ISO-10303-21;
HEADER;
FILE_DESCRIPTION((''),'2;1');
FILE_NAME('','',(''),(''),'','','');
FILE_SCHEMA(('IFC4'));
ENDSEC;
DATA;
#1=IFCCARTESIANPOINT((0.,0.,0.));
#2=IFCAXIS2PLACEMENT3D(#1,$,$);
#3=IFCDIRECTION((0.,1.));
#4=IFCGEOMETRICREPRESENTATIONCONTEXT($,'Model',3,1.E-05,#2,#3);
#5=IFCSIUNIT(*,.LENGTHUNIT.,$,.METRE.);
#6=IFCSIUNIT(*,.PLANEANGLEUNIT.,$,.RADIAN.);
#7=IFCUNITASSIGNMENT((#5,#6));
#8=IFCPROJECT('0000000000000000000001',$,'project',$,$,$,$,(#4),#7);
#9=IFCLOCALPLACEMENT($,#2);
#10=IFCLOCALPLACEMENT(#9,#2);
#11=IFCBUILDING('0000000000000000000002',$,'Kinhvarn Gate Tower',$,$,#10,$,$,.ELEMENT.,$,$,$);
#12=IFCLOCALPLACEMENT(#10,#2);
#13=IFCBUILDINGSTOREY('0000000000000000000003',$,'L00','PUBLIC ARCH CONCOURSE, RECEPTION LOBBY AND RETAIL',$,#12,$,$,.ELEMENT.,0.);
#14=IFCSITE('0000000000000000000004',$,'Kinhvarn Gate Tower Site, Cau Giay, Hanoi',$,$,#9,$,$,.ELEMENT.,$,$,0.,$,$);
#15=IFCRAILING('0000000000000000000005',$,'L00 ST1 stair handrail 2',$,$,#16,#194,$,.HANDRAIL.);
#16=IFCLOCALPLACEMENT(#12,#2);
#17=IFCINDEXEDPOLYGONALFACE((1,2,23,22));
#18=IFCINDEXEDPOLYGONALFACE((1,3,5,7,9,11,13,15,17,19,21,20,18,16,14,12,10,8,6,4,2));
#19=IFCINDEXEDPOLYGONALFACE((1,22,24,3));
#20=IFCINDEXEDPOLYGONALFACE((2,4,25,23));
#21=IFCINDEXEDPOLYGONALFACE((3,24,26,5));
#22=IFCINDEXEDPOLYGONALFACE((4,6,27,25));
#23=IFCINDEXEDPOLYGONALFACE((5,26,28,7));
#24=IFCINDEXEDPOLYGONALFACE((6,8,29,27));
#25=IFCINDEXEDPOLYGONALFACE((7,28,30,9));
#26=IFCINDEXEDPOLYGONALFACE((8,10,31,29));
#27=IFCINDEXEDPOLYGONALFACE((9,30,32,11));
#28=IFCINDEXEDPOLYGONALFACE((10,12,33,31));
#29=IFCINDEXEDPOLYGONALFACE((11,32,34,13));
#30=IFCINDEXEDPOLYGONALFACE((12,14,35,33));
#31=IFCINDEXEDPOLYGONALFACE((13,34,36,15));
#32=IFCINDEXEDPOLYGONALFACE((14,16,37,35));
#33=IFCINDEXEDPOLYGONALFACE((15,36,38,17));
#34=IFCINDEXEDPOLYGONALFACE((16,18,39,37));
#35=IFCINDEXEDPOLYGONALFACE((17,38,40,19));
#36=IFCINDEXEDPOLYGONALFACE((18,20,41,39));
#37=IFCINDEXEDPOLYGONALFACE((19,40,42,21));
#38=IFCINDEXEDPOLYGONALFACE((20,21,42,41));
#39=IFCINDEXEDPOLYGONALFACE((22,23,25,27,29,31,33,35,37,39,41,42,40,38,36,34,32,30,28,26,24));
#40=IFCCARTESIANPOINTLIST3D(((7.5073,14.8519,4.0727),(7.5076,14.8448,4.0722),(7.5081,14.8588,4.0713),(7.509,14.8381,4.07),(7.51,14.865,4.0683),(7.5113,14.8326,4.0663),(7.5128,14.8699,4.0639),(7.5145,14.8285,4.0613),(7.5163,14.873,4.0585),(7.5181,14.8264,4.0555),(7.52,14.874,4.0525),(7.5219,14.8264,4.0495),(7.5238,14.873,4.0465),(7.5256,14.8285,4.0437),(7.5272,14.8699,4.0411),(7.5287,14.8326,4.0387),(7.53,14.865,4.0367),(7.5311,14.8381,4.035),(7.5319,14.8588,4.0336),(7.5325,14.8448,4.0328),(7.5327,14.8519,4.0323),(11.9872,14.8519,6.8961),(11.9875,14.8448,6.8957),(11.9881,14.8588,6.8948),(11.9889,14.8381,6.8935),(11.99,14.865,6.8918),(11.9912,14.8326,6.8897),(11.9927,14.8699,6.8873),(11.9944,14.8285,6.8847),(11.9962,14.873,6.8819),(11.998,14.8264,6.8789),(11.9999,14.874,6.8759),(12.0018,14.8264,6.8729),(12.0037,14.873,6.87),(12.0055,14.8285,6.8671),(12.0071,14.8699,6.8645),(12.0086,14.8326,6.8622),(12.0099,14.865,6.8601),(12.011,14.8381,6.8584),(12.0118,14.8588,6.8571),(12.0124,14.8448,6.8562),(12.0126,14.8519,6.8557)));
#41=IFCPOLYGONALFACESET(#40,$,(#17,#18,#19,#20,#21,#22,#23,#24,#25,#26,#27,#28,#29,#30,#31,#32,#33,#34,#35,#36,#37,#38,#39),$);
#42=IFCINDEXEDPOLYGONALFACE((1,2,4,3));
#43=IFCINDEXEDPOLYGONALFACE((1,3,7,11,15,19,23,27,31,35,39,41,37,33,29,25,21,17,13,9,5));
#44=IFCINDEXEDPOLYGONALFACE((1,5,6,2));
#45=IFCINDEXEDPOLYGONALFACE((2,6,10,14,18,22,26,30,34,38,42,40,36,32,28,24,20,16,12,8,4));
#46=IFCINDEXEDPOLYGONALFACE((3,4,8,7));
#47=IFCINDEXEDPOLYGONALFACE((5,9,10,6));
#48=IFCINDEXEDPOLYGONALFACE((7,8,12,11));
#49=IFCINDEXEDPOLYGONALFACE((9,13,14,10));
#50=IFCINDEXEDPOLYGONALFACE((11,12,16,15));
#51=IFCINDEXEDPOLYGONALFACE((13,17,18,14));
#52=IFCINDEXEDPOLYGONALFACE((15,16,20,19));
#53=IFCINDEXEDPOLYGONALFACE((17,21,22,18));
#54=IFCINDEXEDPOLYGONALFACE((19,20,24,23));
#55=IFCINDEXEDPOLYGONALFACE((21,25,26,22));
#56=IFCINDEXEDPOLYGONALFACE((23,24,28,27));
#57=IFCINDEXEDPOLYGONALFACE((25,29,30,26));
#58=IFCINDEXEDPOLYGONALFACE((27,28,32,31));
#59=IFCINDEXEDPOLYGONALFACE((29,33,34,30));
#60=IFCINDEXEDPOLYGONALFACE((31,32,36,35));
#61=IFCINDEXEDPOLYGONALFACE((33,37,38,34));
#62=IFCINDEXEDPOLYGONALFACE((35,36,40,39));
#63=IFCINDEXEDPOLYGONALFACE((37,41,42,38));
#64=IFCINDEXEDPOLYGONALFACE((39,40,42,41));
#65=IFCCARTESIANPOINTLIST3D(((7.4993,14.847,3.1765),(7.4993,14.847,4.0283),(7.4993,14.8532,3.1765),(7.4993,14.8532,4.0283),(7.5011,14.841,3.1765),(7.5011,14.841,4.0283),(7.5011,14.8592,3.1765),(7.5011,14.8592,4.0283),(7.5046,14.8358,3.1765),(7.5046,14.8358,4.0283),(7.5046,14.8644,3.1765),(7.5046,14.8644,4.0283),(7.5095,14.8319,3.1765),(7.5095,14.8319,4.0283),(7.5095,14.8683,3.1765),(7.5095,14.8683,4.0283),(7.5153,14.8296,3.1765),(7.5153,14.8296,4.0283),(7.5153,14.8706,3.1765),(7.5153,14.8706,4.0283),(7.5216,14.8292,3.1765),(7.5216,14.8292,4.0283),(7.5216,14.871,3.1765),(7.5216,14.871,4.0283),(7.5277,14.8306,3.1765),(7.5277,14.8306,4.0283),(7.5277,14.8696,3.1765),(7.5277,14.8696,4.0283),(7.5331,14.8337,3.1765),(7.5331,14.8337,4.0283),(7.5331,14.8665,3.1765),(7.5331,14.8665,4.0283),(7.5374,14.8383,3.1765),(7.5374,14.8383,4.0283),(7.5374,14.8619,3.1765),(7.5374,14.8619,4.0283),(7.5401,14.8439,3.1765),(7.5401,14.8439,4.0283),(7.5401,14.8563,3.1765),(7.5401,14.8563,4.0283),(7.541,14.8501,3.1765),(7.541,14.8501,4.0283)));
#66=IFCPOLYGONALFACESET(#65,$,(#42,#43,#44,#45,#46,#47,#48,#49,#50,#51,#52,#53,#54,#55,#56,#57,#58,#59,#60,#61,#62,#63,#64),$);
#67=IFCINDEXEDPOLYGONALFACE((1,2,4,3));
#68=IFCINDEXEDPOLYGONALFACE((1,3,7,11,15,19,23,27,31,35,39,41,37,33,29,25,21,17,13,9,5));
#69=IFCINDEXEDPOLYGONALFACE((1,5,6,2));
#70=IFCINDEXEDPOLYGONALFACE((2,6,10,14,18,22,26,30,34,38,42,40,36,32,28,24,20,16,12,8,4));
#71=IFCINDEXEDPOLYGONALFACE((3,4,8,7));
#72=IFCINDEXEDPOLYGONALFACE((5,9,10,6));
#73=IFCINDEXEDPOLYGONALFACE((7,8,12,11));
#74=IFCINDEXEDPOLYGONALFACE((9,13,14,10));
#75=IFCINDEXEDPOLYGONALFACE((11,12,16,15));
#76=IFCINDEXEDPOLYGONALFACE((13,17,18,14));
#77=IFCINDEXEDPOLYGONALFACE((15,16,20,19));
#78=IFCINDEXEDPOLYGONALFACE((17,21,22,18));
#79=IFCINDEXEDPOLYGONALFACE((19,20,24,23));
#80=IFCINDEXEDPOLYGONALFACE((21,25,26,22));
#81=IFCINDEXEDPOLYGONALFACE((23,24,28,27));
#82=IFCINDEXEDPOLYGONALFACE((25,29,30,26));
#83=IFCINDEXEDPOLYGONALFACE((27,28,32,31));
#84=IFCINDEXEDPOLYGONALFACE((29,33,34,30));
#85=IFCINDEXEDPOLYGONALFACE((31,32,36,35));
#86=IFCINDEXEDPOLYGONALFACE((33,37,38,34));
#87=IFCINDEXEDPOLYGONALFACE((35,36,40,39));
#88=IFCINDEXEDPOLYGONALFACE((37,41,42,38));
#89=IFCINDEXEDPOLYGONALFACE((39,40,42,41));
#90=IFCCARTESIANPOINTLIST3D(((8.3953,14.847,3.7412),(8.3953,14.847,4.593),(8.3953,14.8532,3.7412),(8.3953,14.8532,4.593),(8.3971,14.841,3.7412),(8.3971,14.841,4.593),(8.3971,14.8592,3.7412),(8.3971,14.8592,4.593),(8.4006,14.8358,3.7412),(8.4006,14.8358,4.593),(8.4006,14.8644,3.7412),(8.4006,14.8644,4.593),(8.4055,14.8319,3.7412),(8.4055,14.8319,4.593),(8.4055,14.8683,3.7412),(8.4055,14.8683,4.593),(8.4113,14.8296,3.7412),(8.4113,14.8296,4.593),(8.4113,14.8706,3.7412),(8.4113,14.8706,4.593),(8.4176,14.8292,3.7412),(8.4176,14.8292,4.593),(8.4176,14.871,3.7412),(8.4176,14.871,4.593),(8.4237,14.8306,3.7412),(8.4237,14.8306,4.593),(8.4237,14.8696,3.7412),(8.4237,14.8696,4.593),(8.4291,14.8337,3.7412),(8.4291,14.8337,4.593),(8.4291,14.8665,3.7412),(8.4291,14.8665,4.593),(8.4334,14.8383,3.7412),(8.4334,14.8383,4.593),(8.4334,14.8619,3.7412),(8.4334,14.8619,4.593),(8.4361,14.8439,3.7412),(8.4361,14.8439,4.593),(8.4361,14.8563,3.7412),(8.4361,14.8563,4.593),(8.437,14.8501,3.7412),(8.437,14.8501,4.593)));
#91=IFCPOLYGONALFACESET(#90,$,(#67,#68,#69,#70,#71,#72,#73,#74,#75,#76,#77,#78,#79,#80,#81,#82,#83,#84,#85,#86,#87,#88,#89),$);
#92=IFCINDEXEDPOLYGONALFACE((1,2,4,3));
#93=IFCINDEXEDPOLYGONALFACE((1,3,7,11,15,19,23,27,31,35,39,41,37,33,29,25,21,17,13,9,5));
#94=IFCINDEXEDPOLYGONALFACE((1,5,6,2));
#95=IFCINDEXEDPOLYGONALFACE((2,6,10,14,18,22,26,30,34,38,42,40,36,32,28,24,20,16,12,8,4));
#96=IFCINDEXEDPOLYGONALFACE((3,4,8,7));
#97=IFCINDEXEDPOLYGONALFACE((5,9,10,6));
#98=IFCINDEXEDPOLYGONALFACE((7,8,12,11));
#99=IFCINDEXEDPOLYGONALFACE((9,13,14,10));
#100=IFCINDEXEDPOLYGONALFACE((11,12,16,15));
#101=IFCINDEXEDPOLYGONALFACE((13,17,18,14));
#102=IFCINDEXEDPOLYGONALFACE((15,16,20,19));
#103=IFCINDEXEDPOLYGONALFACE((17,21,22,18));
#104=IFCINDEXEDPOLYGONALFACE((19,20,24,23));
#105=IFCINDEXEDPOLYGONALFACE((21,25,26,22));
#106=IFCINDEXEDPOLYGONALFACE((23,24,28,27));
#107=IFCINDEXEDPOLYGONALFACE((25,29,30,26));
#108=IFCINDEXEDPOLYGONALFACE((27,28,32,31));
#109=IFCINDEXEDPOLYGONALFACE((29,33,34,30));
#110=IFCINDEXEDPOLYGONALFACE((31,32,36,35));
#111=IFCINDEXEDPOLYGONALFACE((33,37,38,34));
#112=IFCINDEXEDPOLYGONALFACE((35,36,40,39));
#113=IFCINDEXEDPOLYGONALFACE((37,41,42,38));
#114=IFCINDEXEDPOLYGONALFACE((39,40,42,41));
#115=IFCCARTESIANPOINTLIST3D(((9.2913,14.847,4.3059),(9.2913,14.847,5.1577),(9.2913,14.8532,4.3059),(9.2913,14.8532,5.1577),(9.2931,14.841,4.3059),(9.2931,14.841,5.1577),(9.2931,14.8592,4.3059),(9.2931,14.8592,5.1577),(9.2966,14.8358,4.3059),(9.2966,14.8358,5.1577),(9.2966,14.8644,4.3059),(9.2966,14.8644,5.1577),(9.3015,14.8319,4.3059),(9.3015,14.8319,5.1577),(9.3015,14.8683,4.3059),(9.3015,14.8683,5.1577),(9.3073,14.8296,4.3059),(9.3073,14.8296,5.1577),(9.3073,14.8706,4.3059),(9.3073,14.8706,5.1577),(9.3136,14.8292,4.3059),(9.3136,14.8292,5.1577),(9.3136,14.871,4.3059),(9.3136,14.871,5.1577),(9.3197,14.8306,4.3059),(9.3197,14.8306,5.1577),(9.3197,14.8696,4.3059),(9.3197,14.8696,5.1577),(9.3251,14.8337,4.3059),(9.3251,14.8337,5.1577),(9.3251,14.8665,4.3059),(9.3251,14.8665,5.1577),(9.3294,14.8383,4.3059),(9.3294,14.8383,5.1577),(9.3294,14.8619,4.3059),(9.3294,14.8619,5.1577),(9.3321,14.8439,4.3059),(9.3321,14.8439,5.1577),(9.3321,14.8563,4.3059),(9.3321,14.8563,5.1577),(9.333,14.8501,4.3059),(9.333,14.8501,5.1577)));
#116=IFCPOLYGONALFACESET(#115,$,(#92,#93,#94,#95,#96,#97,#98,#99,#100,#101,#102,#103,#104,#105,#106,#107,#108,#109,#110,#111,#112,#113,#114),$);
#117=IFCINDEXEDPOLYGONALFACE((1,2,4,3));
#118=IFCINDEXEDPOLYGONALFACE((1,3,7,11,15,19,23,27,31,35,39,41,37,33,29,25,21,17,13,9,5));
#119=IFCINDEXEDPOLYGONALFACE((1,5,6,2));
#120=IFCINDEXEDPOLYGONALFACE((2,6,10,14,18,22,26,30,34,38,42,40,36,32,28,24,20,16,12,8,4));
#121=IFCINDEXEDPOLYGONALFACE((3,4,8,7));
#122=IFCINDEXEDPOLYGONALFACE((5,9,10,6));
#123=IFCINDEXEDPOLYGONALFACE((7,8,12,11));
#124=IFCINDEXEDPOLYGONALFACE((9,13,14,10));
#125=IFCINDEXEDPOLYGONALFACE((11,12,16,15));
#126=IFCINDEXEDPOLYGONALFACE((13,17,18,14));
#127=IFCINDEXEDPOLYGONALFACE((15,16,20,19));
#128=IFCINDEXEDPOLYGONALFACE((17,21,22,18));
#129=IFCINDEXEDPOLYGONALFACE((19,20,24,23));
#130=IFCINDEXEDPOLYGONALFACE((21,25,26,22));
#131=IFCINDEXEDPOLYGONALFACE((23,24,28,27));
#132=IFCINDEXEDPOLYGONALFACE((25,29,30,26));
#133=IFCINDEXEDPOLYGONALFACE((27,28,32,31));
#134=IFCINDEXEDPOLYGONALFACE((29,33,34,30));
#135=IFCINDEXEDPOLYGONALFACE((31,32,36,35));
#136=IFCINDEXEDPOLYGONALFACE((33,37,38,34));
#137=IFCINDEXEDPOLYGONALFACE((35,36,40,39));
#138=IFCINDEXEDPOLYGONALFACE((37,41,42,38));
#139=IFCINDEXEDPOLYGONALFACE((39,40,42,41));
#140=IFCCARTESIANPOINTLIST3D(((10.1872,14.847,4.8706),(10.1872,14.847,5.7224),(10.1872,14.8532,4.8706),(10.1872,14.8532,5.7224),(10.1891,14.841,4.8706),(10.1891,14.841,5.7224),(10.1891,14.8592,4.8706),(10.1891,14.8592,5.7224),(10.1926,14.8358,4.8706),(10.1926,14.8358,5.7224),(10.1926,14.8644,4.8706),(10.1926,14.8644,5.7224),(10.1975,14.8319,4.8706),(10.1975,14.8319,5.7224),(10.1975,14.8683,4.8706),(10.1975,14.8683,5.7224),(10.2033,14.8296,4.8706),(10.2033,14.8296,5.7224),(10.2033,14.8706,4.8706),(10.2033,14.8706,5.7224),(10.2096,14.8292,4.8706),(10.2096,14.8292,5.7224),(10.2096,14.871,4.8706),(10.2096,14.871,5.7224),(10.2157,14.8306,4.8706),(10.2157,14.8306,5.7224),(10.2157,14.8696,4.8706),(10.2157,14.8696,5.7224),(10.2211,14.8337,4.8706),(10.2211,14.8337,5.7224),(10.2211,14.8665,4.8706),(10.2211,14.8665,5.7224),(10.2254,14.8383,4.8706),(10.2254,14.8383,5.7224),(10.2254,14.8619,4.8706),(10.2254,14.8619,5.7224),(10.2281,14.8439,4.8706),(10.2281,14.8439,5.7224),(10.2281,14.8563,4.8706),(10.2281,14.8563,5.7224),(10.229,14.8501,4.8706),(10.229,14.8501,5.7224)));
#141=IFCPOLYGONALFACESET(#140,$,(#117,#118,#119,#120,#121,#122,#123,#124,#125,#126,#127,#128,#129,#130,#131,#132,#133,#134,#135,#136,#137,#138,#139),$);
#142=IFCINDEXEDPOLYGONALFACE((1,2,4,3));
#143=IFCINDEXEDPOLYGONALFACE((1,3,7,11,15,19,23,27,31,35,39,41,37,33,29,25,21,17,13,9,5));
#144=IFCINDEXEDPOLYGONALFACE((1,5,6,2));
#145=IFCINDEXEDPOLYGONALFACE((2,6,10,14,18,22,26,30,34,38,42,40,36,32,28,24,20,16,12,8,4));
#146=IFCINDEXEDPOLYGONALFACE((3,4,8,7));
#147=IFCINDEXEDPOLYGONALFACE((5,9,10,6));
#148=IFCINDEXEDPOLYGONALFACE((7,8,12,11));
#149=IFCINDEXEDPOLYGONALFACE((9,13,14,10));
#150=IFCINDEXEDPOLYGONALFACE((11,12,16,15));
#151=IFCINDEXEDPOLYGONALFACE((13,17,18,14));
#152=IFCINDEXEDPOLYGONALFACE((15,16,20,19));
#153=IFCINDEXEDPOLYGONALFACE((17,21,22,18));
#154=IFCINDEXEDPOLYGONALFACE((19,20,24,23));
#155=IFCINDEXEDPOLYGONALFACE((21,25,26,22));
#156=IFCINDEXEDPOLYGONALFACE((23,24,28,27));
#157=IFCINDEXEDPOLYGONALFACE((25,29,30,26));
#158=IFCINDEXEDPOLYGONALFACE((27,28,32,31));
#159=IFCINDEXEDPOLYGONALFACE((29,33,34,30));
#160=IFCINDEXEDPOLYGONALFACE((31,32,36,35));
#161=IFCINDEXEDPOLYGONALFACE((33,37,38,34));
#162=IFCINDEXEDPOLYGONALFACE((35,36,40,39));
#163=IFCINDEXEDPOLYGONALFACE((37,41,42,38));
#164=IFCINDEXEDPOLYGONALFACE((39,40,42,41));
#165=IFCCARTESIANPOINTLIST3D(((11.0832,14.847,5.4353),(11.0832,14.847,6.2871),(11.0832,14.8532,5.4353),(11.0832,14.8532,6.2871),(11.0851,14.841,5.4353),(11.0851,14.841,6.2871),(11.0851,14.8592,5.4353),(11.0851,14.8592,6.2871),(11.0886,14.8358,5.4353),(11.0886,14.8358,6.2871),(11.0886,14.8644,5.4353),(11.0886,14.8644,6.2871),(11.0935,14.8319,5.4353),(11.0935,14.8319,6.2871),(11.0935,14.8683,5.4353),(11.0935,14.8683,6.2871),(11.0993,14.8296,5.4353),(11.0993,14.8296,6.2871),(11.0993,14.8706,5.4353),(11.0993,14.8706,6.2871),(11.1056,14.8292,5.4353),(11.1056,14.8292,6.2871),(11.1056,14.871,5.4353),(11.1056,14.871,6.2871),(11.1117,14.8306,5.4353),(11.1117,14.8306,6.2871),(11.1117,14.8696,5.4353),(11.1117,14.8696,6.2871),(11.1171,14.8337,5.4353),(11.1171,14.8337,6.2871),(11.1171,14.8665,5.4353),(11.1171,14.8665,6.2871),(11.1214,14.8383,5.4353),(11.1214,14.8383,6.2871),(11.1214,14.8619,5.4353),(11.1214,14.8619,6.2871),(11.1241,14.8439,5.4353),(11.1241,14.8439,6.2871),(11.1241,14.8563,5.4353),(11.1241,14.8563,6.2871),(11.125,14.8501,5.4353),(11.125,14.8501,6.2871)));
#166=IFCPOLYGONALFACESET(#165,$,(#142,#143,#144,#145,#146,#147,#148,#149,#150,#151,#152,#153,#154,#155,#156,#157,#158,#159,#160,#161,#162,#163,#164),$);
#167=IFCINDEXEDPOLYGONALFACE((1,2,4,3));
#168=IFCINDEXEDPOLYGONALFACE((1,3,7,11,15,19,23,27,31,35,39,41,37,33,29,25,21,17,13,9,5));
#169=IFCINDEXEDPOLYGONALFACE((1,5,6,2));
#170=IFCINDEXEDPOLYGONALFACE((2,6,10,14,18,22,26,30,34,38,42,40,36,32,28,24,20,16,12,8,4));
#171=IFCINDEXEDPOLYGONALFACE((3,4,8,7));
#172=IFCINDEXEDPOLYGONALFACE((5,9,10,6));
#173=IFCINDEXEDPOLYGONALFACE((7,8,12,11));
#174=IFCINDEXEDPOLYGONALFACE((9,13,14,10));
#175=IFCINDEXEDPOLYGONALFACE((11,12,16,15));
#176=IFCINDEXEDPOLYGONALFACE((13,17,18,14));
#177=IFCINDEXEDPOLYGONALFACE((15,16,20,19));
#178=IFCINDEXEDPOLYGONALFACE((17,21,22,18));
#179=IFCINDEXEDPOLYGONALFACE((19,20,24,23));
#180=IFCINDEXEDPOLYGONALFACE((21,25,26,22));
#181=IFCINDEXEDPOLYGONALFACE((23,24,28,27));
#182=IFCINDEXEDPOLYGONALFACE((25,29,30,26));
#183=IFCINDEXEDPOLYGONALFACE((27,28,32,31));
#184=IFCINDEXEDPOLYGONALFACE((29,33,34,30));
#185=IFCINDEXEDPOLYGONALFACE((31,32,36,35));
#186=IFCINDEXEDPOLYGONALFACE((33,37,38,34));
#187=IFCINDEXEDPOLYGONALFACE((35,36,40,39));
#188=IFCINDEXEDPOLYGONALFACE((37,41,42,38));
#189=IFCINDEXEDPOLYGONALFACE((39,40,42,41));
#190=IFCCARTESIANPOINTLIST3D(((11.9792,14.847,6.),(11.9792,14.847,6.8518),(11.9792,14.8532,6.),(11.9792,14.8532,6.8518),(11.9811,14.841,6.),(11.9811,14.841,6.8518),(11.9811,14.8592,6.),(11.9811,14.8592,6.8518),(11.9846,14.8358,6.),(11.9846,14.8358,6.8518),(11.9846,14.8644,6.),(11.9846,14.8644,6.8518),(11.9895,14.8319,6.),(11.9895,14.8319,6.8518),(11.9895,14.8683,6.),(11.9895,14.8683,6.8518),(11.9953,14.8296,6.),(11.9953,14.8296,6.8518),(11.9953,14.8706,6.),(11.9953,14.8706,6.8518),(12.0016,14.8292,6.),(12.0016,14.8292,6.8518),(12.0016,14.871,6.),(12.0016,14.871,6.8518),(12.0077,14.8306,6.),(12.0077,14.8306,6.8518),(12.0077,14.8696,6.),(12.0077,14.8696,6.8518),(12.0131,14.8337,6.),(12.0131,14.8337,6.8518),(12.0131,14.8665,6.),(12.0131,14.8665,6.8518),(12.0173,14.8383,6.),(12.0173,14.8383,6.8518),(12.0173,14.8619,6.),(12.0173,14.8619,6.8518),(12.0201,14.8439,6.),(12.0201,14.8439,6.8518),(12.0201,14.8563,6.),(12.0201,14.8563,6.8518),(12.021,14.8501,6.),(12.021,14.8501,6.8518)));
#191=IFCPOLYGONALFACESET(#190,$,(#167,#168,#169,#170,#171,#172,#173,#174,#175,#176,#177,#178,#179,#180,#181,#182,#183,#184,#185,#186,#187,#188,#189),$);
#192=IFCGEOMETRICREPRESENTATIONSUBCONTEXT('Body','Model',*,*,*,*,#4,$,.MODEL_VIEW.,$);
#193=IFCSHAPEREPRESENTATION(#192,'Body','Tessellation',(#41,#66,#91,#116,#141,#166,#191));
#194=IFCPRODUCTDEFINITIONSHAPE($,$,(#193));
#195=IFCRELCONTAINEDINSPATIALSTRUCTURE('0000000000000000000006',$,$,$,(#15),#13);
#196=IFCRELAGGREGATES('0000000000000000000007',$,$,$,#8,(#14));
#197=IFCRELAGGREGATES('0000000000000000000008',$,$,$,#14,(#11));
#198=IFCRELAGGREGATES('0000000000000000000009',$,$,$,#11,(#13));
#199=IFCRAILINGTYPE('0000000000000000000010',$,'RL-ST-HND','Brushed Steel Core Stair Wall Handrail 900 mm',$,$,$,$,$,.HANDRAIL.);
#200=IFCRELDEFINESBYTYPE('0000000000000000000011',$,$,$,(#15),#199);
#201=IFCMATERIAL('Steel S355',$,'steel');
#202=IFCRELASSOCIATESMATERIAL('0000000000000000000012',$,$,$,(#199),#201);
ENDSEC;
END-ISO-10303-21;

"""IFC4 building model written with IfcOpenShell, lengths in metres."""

from ifc_helpers import new_model, si_unit, direction, frame, origin, origin_2d, place, context, subcontext, project, spatial, circle, extrude, material, type_object, element, save


model = new_model("IFC4")

# Units and contexts
model_context = context("Model", 3, precision=1e-05, world=origin(), true_north=direction((0.0, 1.0)))
body_context = subcontext(model_context, "Body", "Model", "MODEL_VIEW")
ifc_project = project(units=[si_unit("LENGTHUNIT", "METRE"), si_unit("PLANEANGLEUNIT", "RADIAN")], contexts=[model_context])

# Site, building, storey
site_placement = place(None, origin())
site = spatial("IfcSite", under=ifc_project, at=site_placement, Name="Kinhvarn Gate Tower Site, Cau Giay, Hanoi", CompositionType="ELEMENT", RefElevation=0.0)
building_placement = place(site_placement, origin())
building = spatial("IfcBuilding", under=site, at=building_placement, Name="Kinhvarn Gate Tower", CompositionType="ELEMENT")
storey_placement = place(building_placement, origin())
storey = spatial("IfcBuildingStorey", under=building, at=storey_placement, Name="L00", Description="PUBLIC ARCH CONCOURSE, RECEPTION LOBBY AND RETAIL", CompositionType="ELEMENT", Elevation=0.0)

# Railing
ifc_material_1 = material(Name="Steel S355", Category="steel")
railing_type_1 = type_object("IfcRailingType", Name="RL-ST-HND", Description="Brushed Steel Core Stair Wall Handrail 900 mm", PredefinedType="HANDRAIL", material=ifc_material_1)
railing_1_placement = place(storey_placement, frame((7.52, 14.8501, 3.1765)))
element("IfcRailing", 1, at=railing_1_placement, inside=storey, type_object=railing_type_1, Name="L00 ST1 stair handrail 2", PredefinedType="HANDRAIL", context=body_context, shape_type="SweptSolid", body=[
    extrude(circle(Radius=0.0239, at=origin_2d()), frame((0.0, 0.0, 0.876), z_axis=(0.845998, 0.0, 0.533186), x_axis=(0.0, 1.0, 0.0)), (0.0, 0.0, 1.0), 5.2954),
    extrude(circle(Radius=0.021, at=origin_2d()), origin(), (0.0, 0.0, 1.0), 0.8518),
    extrude(circle(Radius=0.021, at=origin_2d()), frame((0.896, 0.0, 0.5647)), (0.0, 0.0, 1.0), 0.8518),
    extrude(circle(Radius=0.021, at=origin_2d()), frame((1.792, 0.0, 1.1294)), (0.0, 0.0, 1.0), 0.8518),
    extrude(circle(Radius=0.021, at=origin_2d()), frame((2.688, 0.0, 1.6941)), (0.0, 0.0, 1.0), 0.8518),
    extrude(circle(Radius=0.021, at=origin_2d()), frame((3.584, 0.0, 2.2588)), (0.0, 0.0, 1.0), 0.8518),
    extrude(circle(Radius=0.021, at=origin_2d()), frame((4.48, 0.0, 2.8235)), (0.0, 0.0, 1.0), 0.8518),
])

save(model, "model.ifc")
